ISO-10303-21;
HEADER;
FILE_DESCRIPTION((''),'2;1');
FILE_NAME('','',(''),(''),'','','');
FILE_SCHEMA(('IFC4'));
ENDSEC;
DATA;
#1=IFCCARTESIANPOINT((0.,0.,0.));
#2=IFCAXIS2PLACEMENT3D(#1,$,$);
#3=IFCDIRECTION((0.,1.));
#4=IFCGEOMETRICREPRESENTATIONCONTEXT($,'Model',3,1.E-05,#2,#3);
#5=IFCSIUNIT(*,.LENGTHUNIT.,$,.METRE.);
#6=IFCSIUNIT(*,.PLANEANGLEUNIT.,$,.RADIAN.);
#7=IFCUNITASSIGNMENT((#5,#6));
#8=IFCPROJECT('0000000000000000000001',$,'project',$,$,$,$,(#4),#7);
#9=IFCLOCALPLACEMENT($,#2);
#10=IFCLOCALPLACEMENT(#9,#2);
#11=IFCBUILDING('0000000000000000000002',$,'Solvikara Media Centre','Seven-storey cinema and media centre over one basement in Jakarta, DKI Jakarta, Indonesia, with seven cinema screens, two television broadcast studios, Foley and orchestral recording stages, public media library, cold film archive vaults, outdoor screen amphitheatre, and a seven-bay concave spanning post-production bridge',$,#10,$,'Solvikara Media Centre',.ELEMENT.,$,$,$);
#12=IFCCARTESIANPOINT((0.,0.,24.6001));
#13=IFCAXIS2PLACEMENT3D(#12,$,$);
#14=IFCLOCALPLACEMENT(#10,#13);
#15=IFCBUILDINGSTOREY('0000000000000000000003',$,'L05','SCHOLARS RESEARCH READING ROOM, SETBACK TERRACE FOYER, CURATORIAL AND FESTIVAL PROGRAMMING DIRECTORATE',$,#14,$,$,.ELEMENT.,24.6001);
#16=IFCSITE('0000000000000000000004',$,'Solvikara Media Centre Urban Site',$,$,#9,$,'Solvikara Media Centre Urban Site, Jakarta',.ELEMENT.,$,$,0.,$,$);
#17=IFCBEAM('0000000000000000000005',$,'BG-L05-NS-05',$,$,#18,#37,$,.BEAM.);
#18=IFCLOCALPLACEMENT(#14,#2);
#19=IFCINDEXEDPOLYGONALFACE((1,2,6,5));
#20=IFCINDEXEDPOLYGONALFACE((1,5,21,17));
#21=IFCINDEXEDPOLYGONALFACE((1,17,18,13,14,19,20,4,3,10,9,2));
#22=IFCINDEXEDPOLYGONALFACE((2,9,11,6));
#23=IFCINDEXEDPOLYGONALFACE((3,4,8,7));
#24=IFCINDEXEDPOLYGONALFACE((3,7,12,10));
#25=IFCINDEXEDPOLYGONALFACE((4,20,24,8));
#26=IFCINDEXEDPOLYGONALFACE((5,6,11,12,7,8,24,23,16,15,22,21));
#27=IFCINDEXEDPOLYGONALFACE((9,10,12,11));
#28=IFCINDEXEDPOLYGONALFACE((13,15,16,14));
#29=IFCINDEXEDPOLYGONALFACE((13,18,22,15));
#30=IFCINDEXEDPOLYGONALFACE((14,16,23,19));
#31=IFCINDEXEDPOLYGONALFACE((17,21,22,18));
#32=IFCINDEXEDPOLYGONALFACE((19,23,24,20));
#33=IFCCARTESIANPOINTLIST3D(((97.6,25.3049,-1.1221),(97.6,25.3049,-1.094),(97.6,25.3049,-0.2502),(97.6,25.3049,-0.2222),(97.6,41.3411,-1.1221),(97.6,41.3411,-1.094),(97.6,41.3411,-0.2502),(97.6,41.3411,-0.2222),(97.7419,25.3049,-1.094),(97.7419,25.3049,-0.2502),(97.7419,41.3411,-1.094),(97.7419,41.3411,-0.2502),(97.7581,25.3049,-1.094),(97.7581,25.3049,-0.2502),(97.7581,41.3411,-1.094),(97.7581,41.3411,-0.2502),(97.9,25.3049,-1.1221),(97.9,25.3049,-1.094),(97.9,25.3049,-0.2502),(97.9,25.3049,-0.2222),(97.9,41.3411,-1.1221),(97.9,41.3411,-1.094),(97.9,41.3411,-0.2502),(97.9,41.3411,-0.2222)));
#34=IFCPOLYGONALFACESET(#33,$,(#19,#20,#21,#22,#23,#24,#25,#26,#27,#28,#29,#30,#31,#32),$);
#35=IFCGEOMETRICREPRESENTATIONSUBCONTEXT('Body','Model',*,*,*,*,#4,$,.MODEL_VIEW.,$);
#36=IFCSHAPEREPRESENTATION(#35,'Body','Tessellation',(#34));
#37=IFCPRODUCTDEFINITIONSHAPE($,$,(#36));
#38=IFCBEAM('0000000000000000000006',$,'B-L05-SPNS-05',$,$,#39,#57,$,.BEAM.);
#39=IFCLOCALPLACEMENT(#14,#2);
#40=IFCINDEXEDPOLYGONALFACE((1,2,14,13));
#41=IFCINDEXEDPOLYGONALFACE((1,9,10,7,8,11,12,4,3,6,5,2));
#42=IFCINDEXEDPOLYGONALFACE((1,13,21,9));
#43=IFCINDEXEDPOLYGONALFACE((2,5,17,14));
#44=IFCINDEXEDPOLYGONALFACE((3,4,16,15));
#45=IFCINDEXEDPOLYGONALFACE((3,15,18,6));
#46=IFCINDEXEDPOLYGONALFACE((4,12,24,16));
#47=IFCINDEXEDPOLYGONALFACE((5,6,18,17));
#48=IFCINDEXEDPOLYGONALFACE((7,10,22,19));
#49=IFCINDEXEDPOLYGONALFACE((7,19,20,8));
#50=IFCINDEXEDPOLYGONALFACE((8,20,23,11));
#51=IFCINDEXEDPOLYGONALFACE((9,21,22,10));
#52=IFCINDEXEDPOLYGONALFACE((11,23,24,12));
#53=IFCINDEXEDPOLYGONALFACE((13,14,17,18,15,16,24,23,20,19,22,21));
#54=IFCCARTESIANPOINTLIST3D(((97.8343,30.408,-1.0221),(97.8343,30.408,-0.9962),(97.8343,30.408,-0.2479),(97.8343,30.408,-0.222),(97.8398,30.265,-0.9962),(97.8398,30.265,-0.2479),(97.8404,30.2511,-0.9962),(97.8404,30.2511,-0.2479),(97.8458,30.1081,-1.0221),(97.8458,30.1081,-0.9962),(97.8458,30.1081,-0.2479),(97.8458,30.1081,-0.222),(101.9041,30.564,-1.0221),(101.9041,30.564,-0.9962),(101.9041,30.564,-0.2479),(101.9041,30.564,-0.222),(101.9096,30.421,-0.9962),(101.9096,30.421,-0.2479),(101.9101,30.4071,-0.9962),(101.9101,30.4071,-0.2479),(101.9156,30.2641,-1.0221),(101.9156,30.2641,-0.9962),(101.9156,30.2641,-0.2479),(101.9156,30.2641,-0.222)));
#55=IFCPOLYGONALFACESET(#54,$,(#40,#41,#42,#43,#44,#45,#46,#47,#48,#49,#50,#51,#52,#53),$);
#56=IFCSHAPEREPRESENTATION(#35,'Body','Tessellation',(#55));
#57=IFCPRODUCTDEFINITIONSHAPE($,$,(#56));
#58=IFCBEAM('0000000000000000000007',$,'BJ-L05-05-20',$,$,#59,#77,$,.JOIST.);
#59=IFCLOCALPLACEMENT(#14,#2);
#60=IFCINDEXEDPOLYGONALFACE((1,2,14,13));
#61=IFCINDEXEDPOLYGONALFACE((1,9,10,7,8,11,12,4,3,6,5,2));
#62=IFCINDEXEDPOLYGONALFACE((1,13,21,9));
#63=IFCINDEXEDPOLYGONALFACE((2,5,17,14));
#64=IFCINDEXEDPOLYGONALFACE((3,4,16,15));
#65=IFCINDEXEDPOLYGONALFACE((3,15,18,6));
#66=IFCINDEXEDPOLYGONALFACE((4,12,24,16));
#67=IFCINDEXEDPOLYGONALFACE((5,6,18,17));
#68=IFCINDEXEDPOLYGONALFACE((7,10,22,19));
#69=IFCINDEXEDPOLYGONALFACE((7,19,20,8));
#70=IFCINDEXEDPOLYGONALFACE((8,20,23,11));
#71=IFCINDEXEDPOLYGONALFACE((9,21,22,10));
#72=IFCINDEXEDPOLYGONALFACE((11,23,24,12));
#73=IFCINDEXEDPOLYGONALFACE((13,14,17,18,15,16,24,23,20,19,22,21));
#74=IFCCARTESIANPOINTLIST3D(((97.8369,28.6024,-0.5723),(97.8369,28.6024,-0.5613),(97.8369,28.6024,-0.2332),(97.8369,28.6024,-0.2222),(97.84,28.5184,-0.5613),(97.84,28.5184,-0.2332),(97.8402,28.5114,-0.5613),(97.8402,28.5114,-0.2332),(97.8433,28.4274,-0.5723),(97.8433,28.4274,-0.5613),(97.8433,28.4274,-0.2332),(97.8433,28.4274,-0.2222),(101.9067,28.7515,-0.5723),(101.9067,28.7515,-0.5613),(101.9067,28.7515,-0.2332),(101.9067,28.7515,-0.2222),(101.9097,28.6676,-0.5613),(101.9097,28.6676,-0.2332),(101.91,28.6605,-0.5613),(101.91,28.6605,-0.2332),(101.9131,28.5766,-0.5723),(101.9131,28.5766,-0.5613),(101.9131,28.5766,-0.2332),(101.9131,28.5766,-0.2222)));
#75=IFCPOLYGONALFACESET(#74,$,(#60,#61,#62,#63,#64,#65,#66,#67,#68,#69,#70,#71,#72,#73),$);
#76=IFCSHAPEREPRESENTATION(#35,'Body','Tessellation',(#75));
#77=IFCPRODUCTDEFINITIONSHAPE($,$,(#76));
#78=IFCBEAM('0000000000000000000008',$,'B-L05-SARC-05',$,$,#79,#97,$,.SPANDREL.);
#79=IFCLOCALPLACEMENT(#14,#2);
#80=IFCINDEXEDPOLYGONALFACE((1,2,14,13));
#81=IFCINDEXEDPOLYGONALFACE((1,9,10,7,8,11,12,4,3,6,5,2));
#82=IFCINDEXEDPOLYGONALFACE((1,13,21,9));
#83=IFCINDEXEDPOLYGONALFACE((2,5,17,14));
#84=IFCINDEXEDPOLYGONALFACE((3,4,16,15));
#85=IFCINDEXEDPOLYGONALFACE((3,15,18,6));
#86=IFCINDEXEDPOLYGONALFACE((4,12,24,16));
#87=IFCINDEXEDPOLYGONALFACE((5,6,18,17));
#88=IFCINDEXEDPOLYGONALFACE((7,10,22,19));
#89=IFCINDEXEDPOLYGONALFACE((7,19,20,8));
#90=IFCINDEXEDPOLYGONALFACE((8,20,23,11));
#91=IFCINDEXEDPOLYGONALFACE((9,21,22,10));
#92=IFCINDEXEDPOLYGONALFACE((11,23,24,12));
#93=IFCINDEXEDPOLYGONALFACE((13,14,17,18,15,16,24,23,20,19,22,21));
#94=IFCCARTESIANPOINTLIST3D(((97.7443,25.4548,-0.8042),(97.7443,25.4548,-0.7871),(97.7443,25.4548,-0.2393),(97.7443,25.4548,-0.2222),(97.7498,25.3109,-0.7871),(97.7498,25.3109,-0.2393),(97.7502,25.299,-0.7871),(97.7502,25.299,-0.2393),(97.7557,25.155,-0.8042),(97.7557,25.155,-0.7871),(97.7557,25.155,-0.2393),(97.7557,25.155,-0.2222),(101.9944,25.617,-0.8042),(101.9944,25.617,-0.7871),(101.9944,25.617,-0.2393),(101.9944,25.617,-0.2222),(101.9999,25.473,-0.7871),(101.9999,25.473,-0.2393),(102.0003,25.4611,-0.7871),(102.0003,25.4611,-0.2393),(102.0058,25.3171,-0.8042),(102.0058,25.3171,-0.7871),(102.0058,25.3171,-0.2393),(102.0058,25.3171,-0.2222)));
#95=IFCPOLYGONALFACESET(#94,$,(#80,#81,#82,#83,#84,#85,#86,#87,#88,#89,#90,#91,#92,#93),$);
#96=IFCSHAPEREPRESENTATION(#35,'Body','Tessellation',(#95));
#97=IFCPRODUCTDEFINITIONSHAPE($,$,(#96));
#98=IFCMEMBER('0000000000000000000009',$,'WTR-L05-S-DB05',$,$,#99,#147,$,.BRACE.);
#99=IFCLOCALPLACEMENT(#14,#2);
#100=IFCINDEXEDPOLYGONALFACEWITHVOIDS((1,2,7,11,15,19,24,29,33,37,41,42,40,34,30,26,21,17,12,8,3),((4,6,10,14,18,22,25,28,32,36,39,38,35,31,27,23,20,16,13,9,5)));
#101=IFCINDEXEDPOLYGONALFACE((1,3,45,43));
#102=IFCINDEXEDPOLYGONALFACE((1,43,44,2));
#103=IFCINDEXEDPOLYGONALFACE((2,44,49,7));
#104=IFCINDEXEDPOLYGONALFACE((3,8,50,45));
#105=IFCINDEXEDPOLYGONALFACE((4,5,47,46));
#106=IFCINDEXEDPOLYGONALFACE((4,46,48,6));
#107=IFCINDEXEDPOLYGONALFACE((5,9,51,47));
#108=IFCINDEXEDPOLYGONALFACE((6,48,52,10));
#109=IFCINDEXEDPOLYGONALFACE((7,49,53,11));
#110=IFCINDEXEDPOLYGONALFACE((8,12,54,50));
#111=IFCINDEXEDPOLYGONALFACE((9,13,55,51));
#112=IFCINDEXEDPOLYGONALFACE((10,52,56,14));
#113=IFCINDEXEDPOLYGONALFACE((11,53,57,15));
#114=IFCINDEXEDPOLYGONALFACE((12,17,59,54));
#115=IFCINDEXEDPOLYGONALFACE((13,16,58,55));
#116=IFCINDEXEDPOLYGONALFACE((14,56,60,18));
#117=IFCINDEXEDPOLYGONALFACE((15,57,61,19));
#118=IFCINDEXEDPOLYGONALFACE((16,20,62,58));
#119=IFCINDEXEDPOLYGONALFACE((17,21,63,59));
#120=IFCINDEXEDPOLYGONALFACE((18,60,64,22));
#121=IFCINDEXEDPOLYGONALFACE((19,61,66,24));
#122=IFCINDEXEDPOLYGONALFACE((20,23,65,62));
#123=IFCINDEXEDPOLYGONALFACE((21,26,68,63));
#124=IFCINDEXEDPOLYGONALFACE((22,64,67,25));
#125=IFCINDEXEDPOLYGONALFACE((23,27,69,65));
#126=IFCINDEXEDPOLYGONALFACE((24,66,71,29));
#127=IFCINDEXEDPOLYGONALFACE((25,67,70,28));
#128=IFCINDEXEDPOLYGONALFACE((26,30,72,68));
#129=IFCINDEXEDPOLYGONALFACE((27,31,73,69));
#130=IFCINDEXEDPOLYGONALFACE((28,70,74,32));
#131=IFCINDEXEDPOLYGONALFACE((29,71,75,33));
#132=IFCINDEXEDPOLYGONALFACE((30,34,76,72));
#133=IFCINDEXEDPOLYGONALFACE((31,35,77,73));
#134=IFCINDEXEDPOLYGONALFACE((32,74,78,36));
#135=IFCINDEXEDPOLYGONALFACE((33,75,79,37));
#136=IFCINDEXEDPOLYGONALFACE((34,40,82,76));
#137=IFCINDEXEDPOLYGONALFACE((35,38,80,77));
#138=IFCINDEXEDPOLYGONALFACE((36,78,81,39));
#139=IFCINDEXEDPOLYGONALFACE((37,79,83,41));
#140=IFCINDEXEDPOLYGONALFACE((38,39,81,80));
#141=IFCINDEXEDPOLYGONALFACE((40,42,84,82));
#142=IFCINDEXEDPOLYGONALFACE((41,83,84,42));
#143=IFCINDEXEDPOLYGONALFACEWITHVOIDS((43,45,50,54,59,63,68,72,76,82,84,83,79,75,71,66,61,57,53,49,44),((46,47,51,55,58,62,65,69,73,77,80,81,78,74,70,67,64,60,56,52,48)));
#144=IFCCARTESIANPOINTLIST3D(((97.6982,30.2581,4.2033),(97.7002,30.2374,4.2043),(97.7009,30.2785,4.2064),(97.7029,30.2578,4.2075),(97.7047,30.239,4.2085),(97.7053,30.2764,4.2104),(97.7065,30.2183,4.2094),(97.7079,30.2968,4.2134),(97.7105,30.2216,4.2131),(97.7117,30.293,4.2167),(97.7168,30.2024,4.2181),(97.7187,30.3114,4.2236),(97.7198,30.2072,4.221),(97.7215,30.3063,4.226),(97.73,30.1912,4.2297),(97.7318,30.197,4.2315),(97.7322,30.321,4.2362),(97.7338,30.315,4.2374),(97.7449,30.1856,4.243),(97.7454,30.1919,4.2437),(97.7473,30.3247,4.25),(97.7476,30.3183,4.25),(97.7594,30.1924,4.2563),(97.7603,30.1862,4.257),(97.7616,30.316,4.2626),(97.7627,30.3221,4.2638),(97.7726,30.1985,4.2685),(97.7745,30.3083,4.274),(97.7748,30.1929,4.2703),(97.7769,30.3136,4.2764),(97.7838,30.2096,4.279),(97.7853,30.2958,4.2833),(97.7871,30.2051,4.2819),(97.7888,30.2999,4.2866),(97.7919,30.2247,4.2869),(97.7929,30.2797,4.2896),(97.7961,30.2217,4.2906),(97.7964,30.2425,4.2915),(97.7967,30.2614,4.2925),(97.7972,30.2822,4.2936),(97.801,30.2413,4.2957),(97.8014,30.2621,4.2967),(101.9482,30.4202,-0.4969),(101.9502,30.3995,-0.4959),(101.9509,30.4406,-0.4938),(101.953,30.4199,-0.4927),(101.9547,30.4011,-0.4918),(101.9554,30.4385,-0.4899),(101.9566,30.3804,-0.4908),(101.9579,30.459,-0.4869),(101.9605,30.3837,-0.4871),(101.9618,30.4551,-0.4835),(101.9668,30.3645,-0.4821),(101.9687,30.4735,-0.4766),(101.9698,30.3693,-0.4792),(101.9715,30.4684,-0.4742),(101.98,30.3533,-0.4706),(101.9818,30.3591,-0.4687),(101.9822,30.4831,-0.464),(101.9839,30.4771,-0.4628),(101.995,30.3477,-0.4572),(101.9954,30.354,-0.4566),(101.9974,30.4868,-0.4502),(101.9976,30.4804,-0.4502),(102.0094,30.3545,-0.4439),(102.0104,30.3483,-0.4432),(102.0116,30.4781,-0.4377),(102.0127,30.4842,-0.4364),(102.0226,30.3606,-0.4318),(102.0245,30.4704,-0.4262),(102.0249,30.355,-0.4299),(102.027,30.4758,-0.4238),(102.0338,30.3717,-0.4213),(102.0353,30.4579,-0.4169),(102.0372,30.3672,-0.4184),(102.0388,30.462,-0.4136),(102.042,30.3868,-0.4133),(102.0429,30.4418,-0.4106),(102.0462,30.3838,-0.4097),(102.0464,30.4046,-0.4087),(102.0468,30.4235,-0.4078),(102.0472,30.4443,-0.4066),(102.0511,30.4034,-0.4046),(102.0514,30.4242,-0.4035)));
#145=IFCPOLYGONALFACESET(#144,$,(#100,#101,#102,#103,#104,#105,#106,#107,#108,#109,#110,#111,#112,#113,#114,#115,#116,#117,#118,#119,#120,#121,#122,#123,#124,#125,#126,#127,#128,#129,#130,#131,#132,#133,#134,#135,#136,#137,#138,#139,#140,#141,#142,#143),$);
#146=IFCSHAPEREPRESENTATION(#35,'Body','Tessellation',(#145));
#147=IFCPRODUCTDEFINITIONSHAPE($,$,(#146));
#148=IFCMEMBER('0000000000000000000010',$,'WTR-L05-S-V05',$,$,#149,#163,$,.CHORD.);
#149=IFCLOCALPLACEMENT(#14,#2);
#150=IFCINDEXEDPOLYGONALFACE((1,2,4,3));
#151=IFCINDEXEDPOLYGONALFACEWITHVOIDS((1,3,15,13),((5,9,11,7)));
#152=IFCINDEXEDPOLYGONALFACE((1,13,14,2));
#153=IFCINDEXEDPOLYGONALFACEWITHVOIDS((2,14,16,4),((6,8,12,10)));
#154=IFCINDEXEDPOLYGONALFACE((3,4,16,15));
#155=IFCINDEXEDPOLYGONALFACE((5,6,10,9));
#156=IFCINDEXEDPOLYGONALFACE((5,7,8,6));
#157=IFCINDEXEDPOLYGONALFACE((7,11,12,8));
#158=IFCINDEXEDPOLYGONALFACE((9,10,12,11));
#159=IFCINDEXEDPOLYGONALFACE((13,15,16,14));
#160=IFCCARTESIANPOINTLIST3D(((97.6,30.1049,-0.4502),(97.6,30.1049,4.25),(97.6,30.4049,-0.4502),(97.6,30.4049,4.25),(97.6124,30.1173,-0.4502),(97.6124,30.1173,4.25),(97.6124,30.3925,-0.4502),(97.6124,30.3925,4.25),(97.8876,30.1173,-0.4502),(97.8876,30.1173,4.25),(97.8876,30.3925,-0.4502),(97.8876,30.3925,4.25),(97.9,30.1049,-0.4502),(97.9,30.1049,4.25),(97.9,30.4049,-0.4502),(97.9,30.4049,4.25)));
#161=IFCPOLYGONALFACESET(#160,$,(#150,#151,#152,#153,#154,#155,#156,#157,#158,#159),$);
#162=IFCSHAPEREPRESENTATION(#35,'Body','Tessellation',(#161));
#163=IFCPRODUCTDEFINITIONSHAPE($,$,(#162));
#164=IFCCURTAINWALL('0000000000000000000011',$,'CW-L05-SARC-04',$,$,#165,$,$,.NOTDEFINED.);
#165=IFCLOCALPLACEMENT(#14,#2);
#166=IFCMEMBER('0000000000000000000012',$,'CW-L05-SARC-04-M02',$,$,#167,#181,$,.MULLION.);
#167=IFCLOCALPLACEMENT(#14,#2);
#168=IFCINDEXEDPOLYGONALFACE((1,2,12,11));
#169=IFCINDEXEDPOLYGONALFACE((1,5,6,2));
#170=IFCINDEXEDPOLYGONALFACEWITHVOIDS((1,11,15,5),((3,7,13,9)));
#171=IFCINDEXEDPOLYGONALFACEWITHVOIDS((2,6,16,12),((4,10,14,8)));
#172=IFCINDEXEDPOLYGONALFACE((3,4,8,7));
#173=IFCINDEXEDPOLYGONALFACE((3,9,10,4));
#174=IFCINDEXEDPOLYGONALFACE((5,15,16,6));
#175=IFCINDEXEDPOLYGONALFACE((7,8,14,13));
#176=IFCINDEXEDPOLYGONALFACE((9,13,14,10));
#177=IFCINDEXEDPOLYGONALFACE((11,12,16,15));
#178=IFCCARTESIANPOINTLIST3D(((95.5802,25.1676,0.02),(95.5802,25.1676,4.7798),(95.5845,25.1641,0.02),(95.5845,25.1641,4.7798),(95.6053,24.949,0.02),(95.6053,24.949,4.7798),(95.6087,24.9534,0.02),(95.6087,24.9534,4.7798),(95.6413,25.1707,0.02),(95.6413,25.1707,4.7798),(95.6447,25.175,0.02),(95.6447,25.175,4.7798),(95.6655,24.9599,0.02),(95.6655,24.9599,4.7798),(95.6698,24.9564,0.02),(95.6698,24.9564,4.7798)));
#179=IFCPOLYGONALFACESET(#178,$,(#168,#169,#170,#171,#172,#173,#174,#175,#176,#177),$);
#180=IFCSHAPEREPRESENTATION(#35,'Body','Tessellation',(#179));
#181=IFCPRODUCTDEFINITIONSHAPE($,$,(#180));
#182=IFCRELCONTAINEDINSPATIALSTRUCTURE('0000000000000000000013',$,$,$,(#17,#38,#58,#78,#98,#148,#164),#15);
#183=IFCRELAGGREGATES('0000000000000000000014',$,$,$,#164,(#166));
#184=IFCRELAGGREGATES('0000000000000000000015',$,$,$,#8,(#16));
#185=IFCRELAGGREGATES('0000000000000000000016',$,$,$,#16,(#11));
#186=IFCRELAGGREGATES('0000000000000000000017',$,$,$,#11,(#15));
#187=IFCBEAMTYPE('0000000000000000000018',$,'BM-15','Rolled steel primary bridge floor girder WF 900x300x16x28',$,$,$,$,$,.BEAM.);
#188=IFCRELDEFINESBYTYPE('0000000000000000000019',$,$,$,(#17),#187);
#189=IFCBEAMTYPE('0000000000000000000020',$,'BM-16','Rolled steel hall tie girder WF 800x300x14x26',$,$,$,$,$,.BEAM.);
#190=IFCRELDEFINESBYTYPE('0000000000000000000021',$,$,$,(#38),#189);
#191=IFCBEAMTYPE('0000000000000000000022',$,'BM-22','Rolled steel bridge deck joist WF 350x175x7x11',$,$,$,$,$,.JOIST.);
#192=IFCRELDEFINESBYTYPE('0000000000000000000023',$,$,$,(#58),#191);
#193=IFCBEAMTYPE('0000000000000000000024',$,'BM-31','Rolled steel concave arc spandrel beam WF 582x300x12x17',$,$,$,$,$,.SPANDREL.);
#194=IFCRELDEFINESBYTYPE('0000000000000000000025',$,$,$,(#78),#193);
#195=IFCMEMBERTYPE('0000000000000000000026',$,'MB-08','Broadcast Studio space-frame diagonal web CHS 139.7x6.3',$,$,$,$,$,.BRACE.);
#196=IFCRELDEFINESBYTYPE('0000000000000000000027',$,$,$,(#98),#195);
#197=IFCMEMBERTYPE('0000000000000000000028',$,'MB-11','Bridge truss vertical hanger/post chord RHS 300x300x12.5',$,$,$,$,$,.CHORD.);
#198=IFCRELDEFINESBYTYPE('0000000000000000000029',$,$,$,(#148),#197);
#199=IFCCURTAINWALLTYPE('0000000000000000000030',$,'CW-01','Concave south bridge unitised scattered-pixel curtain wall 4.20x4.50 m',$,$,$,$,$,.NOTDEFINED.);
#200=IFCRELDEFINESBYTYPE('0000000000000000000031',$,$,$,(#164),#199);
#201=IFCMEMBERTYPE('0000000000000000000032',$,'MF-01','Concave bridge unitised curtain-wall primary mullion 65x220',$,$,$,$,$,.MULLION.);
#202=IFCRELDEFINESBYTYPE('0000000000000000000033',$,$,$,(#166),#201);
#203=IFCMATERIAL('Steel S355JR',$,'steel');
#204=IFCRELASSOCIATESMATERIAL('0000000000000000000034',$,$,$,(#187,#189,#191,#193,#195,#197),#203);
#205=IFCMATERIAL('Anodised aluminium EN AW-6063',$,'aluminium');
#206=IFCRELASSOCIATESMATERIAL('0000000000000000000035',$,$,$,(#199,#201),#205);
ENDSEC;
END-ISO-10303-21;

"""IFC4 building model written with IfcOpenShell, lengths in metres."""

from ifc_helpers import new_model, si_unit, direction, frame, origin, origin_2d, place, context, subcontext, project, spatial, hollow_rectangle, hollow_circle, i_section, extrude, material, material_profile, profile_set, type_object, element, aggregate, save


model = new_model("IFC4")

# Units and contexts
model_context = context("Model", 3, precision=1e-05, world=origin(), true_north=direction((0.0, 1.0)))
body_context = subcontext(model_context, "Body", "Model", "MODEL_VIEW")
ifc_project = project(units=[si_unit("LENGTHUNIT", "METRE"), si_unit("PLANEANGLEUNIT", "RADIAN")], contexts=[model_context])

# Site, building, storey
site_placement = place(None, origin())
site = spatial("IfcSite", under=ifc_project, at=site_placement, Name="Solvikara Media Centre Urban Site", LongName="Solvikara Media Centre Urban Site, Jakarta", CompositionType="ELEMENT", RefElevation=0.0)
building_placement = place(site_placement, origin())
building = spatial("IfcBuilding", under=site, at=building_placement, Name="Solvikara Media Centre", Description="Seven-storey cinema and media centre over one basement in Jakarta, DKI Jakarta, Indonesia, with seven cinema screens, two television broadcast studios, Foley and orchestral recording stages, public media library, cold film archive vaults, outdoor screen amphitheatre, and a seven-bay concave spanning post-production bridge", LongName="Solvikara Media Centre", CompositionType="ELEMENT")
storey_placement = place(building_placement, frame((0.0, 0.0, 24.6001)))
storey = spatial("IfcBuildingStorey", under=building, at=storey_placement, Name="L05", Description="SCHOLARS RESEARCH READING ROOM, SETBACK TERRACE FOYER, CURATORIAL AND FESTIVAL PROGRAMMING DIRECTORATE", CompositionType="ELEMENT", Elevation=24.6001)

# Beams
ifc_material_1 = material(Name="Steel S355JR", Category="steel")
ifc_material_profile_1 = material_profile(ifc_material_1, i_section(OverallWidth=0.3, OverallDepth=0.8999, WebThickness=0.0161, FlangeThickness=0.0281, at=origin_2d()), Name="WF 900x300x16x28")
ifc_profile_set_1 = profile_set([ifc_material_profile_1], Name="Steel S355JR")
beam_type_1 = type_object("IfcBeamType", Name="BM-15", Description="Rolled steel primary bridge floor girder WF 900x300x16x28", PredefinedType="BEAM", material=ifc_profile_set_1)
beam_1_placement = place(storey_placement, frame((97.75, 25.3049, -0.6721), z_axis=(0.0, 1.0, 0.0), x_axis=(-1.0, 0.0, 0.0)))
element("IfcBeam", 1, at=beam_1_placement, inside=storey, type_object=beam_type_1, Name="BG-L05-NS-05", PredefinedType="BEAM", context=body_context, shape_type="SweptSolid", body=[
    extrude(i_section(OverallWidth=0.3, OverallDepth=0.8999, WebThickness=0.0161, FlangeThickness=0.0281, at=origin_2d()), origin(), (0.0, 0.0, 1.0), 16.0361),
])
ifc_material_profile_2 = material_profile(ifc_material_1, i_section(OverallWidth=0.3, OverallDepth=0.8, WebThickness=0.0139, FlangeThickness=0.0259, at=origin_2d()), Name="WF 800x300x14x26")
ifc_profile_set_2 = profile_set([ifc_material_profile_2], Name="Steel S355JR")
beam_type_2 = type_object("IfcBeamType", Name="BM-16", Description="Rolled steel hall tie girder WF 800x300x14x26", PredefinedType="BEAM", material=ifc_profile_set_2)
beam_2_placement = place(storey_placement, frame((97.8401, 30.2581, -0.6221), z_axis=(0.999266, 0.038304, 0.0), x_axis=(-0.038304, 0.999266, 0.0)))
element("IfcBeam", 2, at=beam_2_placement, inside=storey, type_object=beam_type_2, Name="B-L05-SPNS-05", PredefinedType="BEAM", context=body_context, shape_type="SweptSolid", body=[
    extrude(i_section(OverallWidth=0.3, OverallDepth=0.8, WebThickness=0.0139, FlangeThickness=0.0259, at=origin_2d()), origin(), (0.0, 0.0, 1.0), 4.0728),
])
ifc_material_profile_3 = material_profile(ifc_material_1, i_section(OverallWidth=0.175, OverallDepth=0.3501, WebThickness=0.0071, FlangeThickness=0.011, at=origin_2d()), Name="WF 350x175x7x11")
ifc_profile_set_3 = profile_set([ifc_material_profile_3], Name="Steel S355JR")
beam_type_3 = type_object("IfcBeamType", Name="BM-22", Description="Rolled steel bridge deck joist WF 350x175x7x11", PredefinedType="JOIST", material=ifc_profile_set_3)
beam_3_placement = place(storey_placement, frame((97.8401, 28.5149, -0.3972), z_axis=(0.999329, 0.036628, 0.0), x_axis=(-0.036628, 0.999329, 0.0)))
element("IfcBeam", 3, at=beam_3_placement, inside=storey, type_object=beam_type_3, Name="BJ-L05-05-20", PredefinedType="JOIST", context=body_context, shape_type="SweptSolid", body=[
    extrude(i_section(OverallWidth=0.175, OverallDepth=0.3501, WebThickness=0.0071, FlangeThickness=0.011, at=origin_2d()), origin(), (0.0, 0.0, 1.0), 4.0725),
])
ifc_material_profile_4 = material_profile(ifc_material_1, i_section(OverallWidth=0.3, OverallDepth=0.582, WebThickness=0.012, FlangeThickness=0.0171, at=origin_2d()), Name="WF 582x300x12x17")
ifc_profile_set_4 = profile_set([ifc_material_profile_4], Name="Steel S355JR")
beam_type_4 = type_object("IfcBeamType", Name="BM-31", Description="Rolled steel concave arc spandrel beam WF 582x300x12x17", PredefinedType="SPANDREL", material=ifc_profile_set_4)
beam_4_placement = place(storey_placement, frame((97.75, 25.3049, -0.5132), z_axis=(0.999273, 0.038116, 0.0), x_axis=(-0.038116, 0.999273, 0.0)))
element("IfcBeam", 4, at=beam_4_placement, inside=storey, type_object=beam_type_4, Name="B-L05-SARC-05", PredefinedType="SPANDREL", context=body_context, shape_type="SweptSolid", body=[
    extrude(i_section(OverallWidth=0.3, OverallDepth=0.582, WebThickness=0.012, FlangeThickness=0.0171, at=origin_2d()), origin(), (0.0, 0.0, 1.0), 4.2532),
])

# Members
ifc_material_profile_5 = material_profile(ifc_material_1, hollow_circle(Radius=0.0698, WallThickness=0.0063, at=origin_2d()), Name="CHS 139.7x6.3")
ifc_profile_set_5 = profile_set([ifc_material_profile_5], Name="Steel S355JR")
member_type_1 = type_object("IfcMemberType", Name="MB-08", Description="Broadcast Studio space-frame diagonal web CHS 139.7x6.3", PredefinedType="BRACE", material=ifc_profile_set_5)
member_1_placement = place(storey_placement, frame((97.75, 30.2549, 4.25), z_axis=(0.670472, 0.025574, -0.741494), x_axis=(-0.038116, 0.999273, 0.0)))
element("IfcMember", 5, at=member_1_placement, inside=storey, type_object=member_type_1, Name="WTR-L05-S-DB05", PredefinedType="BRACE", context=body_context, shape_type="SweptSolid", body=[
    extrude(hollow_circle(Radius=0.0698, WallThickness=0.0063, at=origin_2d()), origin(), (0.0, 0.0, 1.0), 6.3389),
])
ifc_material_profile_6 = material_profile(ifc_material_1, hollow_rectangle(XDim=0.3, YDim=0.3, WallThickness=0.0125, at=origin_2d()), Name="RHS 300x300x12.5")
ifc_profile_set_6 = profile_set([ifc_material_profile_6], Name="Steel S355JR")
member_type_2 = type_object("IfcMemberType", Name="MB-11", Description="Bridge truss vertical hanger/post chord RHS 300x300x12.5", PredefinedType="CHORD", material=ifc_profile_set_6)
member_2_placement = place(storey_placement, frame((97.75, 30.2549, -0.4502), z_axis=(0.0, 0.0, 1.0), x_axis=(1.0, 0.0, 0.0)))
element("IfcMember", 6, at=member_2_placement, inside=storey, type_object=member_type_2, Name="WTR-L05-S-V05", PredefinedType="CHORD", context=body_context, shape_type="SweptSolid", body=[
    extrude(hollow_rectangle(XDim=0.3, YDim=0.3, WallThickness=0.0125, at=origin_2d()), origin(), (0.0, 0.0, 1.0), 4.7002),
])

# Curtain wall, member
ifc_material_2 = material(Name="Anodised aluminium EN AW-6063", Category="aluminium")
curtain_wall_type = type_object("IfcCurtainWallType", Name="CW-01", Description="Concave south bridge unitised scattered-pixel curtain wall 4.20x4.50 m", PredefinedType="NOTDEFINED", material=ifc_material_2)
curtain_wall_1_placement = place(storey_placement, origin())
curtain_wall_1 = element("IfcCurtainWall", 7, at=curtain_wall_1_placement, inside=storey, type_object=curtain_wall_type, Name="CW-L05-SARC-04", PredefinedType="NOTDEFINED")
ifc_material_profile_7 = material_profile(ifc_material_2, hollow_rectangle(XDim=0.0649, YDim=0.22, WallThickness=0.0039, at=origin_2d()), Name="ALU-M 65x220x4")
ifc_profile_set_7 = profile_set([ifc_material_profile_7], Name="Anodised aluminium EN AW-6063")
member_type_3 = type_object("IfcMemberType", Name="MF-01", Description="Concave bridge unitised curtain-wall primary mullion 65x220", PredefinedType="MULLION", material=ifc_profile_set_7)
member_3_placement = place(storey_placement, frame((95.625, 25.062, 0.02), z_axis=(0.0, 0.0, 1.0), x_axis=(0.993499, 0.113845, 0.0)))
member_3 = element("IfcMember", 8, at=member_3_placement, type_object=member_type_3, Name="CW-L05-SARC-04-M02", PredefinedType="MULLION", context=body_context, shape_type="SweptSolid", body=[
    extrude(hollow_rectangle(XDim=0.0649, YDim=0.22, WallThickness=0.0039, at=origin_2d()), origin(), (0.0, 0.0, 1.0), 4.7598),
])

aggregate(curtain_wall_1, [member_3])

save(model, "model.ifc")
